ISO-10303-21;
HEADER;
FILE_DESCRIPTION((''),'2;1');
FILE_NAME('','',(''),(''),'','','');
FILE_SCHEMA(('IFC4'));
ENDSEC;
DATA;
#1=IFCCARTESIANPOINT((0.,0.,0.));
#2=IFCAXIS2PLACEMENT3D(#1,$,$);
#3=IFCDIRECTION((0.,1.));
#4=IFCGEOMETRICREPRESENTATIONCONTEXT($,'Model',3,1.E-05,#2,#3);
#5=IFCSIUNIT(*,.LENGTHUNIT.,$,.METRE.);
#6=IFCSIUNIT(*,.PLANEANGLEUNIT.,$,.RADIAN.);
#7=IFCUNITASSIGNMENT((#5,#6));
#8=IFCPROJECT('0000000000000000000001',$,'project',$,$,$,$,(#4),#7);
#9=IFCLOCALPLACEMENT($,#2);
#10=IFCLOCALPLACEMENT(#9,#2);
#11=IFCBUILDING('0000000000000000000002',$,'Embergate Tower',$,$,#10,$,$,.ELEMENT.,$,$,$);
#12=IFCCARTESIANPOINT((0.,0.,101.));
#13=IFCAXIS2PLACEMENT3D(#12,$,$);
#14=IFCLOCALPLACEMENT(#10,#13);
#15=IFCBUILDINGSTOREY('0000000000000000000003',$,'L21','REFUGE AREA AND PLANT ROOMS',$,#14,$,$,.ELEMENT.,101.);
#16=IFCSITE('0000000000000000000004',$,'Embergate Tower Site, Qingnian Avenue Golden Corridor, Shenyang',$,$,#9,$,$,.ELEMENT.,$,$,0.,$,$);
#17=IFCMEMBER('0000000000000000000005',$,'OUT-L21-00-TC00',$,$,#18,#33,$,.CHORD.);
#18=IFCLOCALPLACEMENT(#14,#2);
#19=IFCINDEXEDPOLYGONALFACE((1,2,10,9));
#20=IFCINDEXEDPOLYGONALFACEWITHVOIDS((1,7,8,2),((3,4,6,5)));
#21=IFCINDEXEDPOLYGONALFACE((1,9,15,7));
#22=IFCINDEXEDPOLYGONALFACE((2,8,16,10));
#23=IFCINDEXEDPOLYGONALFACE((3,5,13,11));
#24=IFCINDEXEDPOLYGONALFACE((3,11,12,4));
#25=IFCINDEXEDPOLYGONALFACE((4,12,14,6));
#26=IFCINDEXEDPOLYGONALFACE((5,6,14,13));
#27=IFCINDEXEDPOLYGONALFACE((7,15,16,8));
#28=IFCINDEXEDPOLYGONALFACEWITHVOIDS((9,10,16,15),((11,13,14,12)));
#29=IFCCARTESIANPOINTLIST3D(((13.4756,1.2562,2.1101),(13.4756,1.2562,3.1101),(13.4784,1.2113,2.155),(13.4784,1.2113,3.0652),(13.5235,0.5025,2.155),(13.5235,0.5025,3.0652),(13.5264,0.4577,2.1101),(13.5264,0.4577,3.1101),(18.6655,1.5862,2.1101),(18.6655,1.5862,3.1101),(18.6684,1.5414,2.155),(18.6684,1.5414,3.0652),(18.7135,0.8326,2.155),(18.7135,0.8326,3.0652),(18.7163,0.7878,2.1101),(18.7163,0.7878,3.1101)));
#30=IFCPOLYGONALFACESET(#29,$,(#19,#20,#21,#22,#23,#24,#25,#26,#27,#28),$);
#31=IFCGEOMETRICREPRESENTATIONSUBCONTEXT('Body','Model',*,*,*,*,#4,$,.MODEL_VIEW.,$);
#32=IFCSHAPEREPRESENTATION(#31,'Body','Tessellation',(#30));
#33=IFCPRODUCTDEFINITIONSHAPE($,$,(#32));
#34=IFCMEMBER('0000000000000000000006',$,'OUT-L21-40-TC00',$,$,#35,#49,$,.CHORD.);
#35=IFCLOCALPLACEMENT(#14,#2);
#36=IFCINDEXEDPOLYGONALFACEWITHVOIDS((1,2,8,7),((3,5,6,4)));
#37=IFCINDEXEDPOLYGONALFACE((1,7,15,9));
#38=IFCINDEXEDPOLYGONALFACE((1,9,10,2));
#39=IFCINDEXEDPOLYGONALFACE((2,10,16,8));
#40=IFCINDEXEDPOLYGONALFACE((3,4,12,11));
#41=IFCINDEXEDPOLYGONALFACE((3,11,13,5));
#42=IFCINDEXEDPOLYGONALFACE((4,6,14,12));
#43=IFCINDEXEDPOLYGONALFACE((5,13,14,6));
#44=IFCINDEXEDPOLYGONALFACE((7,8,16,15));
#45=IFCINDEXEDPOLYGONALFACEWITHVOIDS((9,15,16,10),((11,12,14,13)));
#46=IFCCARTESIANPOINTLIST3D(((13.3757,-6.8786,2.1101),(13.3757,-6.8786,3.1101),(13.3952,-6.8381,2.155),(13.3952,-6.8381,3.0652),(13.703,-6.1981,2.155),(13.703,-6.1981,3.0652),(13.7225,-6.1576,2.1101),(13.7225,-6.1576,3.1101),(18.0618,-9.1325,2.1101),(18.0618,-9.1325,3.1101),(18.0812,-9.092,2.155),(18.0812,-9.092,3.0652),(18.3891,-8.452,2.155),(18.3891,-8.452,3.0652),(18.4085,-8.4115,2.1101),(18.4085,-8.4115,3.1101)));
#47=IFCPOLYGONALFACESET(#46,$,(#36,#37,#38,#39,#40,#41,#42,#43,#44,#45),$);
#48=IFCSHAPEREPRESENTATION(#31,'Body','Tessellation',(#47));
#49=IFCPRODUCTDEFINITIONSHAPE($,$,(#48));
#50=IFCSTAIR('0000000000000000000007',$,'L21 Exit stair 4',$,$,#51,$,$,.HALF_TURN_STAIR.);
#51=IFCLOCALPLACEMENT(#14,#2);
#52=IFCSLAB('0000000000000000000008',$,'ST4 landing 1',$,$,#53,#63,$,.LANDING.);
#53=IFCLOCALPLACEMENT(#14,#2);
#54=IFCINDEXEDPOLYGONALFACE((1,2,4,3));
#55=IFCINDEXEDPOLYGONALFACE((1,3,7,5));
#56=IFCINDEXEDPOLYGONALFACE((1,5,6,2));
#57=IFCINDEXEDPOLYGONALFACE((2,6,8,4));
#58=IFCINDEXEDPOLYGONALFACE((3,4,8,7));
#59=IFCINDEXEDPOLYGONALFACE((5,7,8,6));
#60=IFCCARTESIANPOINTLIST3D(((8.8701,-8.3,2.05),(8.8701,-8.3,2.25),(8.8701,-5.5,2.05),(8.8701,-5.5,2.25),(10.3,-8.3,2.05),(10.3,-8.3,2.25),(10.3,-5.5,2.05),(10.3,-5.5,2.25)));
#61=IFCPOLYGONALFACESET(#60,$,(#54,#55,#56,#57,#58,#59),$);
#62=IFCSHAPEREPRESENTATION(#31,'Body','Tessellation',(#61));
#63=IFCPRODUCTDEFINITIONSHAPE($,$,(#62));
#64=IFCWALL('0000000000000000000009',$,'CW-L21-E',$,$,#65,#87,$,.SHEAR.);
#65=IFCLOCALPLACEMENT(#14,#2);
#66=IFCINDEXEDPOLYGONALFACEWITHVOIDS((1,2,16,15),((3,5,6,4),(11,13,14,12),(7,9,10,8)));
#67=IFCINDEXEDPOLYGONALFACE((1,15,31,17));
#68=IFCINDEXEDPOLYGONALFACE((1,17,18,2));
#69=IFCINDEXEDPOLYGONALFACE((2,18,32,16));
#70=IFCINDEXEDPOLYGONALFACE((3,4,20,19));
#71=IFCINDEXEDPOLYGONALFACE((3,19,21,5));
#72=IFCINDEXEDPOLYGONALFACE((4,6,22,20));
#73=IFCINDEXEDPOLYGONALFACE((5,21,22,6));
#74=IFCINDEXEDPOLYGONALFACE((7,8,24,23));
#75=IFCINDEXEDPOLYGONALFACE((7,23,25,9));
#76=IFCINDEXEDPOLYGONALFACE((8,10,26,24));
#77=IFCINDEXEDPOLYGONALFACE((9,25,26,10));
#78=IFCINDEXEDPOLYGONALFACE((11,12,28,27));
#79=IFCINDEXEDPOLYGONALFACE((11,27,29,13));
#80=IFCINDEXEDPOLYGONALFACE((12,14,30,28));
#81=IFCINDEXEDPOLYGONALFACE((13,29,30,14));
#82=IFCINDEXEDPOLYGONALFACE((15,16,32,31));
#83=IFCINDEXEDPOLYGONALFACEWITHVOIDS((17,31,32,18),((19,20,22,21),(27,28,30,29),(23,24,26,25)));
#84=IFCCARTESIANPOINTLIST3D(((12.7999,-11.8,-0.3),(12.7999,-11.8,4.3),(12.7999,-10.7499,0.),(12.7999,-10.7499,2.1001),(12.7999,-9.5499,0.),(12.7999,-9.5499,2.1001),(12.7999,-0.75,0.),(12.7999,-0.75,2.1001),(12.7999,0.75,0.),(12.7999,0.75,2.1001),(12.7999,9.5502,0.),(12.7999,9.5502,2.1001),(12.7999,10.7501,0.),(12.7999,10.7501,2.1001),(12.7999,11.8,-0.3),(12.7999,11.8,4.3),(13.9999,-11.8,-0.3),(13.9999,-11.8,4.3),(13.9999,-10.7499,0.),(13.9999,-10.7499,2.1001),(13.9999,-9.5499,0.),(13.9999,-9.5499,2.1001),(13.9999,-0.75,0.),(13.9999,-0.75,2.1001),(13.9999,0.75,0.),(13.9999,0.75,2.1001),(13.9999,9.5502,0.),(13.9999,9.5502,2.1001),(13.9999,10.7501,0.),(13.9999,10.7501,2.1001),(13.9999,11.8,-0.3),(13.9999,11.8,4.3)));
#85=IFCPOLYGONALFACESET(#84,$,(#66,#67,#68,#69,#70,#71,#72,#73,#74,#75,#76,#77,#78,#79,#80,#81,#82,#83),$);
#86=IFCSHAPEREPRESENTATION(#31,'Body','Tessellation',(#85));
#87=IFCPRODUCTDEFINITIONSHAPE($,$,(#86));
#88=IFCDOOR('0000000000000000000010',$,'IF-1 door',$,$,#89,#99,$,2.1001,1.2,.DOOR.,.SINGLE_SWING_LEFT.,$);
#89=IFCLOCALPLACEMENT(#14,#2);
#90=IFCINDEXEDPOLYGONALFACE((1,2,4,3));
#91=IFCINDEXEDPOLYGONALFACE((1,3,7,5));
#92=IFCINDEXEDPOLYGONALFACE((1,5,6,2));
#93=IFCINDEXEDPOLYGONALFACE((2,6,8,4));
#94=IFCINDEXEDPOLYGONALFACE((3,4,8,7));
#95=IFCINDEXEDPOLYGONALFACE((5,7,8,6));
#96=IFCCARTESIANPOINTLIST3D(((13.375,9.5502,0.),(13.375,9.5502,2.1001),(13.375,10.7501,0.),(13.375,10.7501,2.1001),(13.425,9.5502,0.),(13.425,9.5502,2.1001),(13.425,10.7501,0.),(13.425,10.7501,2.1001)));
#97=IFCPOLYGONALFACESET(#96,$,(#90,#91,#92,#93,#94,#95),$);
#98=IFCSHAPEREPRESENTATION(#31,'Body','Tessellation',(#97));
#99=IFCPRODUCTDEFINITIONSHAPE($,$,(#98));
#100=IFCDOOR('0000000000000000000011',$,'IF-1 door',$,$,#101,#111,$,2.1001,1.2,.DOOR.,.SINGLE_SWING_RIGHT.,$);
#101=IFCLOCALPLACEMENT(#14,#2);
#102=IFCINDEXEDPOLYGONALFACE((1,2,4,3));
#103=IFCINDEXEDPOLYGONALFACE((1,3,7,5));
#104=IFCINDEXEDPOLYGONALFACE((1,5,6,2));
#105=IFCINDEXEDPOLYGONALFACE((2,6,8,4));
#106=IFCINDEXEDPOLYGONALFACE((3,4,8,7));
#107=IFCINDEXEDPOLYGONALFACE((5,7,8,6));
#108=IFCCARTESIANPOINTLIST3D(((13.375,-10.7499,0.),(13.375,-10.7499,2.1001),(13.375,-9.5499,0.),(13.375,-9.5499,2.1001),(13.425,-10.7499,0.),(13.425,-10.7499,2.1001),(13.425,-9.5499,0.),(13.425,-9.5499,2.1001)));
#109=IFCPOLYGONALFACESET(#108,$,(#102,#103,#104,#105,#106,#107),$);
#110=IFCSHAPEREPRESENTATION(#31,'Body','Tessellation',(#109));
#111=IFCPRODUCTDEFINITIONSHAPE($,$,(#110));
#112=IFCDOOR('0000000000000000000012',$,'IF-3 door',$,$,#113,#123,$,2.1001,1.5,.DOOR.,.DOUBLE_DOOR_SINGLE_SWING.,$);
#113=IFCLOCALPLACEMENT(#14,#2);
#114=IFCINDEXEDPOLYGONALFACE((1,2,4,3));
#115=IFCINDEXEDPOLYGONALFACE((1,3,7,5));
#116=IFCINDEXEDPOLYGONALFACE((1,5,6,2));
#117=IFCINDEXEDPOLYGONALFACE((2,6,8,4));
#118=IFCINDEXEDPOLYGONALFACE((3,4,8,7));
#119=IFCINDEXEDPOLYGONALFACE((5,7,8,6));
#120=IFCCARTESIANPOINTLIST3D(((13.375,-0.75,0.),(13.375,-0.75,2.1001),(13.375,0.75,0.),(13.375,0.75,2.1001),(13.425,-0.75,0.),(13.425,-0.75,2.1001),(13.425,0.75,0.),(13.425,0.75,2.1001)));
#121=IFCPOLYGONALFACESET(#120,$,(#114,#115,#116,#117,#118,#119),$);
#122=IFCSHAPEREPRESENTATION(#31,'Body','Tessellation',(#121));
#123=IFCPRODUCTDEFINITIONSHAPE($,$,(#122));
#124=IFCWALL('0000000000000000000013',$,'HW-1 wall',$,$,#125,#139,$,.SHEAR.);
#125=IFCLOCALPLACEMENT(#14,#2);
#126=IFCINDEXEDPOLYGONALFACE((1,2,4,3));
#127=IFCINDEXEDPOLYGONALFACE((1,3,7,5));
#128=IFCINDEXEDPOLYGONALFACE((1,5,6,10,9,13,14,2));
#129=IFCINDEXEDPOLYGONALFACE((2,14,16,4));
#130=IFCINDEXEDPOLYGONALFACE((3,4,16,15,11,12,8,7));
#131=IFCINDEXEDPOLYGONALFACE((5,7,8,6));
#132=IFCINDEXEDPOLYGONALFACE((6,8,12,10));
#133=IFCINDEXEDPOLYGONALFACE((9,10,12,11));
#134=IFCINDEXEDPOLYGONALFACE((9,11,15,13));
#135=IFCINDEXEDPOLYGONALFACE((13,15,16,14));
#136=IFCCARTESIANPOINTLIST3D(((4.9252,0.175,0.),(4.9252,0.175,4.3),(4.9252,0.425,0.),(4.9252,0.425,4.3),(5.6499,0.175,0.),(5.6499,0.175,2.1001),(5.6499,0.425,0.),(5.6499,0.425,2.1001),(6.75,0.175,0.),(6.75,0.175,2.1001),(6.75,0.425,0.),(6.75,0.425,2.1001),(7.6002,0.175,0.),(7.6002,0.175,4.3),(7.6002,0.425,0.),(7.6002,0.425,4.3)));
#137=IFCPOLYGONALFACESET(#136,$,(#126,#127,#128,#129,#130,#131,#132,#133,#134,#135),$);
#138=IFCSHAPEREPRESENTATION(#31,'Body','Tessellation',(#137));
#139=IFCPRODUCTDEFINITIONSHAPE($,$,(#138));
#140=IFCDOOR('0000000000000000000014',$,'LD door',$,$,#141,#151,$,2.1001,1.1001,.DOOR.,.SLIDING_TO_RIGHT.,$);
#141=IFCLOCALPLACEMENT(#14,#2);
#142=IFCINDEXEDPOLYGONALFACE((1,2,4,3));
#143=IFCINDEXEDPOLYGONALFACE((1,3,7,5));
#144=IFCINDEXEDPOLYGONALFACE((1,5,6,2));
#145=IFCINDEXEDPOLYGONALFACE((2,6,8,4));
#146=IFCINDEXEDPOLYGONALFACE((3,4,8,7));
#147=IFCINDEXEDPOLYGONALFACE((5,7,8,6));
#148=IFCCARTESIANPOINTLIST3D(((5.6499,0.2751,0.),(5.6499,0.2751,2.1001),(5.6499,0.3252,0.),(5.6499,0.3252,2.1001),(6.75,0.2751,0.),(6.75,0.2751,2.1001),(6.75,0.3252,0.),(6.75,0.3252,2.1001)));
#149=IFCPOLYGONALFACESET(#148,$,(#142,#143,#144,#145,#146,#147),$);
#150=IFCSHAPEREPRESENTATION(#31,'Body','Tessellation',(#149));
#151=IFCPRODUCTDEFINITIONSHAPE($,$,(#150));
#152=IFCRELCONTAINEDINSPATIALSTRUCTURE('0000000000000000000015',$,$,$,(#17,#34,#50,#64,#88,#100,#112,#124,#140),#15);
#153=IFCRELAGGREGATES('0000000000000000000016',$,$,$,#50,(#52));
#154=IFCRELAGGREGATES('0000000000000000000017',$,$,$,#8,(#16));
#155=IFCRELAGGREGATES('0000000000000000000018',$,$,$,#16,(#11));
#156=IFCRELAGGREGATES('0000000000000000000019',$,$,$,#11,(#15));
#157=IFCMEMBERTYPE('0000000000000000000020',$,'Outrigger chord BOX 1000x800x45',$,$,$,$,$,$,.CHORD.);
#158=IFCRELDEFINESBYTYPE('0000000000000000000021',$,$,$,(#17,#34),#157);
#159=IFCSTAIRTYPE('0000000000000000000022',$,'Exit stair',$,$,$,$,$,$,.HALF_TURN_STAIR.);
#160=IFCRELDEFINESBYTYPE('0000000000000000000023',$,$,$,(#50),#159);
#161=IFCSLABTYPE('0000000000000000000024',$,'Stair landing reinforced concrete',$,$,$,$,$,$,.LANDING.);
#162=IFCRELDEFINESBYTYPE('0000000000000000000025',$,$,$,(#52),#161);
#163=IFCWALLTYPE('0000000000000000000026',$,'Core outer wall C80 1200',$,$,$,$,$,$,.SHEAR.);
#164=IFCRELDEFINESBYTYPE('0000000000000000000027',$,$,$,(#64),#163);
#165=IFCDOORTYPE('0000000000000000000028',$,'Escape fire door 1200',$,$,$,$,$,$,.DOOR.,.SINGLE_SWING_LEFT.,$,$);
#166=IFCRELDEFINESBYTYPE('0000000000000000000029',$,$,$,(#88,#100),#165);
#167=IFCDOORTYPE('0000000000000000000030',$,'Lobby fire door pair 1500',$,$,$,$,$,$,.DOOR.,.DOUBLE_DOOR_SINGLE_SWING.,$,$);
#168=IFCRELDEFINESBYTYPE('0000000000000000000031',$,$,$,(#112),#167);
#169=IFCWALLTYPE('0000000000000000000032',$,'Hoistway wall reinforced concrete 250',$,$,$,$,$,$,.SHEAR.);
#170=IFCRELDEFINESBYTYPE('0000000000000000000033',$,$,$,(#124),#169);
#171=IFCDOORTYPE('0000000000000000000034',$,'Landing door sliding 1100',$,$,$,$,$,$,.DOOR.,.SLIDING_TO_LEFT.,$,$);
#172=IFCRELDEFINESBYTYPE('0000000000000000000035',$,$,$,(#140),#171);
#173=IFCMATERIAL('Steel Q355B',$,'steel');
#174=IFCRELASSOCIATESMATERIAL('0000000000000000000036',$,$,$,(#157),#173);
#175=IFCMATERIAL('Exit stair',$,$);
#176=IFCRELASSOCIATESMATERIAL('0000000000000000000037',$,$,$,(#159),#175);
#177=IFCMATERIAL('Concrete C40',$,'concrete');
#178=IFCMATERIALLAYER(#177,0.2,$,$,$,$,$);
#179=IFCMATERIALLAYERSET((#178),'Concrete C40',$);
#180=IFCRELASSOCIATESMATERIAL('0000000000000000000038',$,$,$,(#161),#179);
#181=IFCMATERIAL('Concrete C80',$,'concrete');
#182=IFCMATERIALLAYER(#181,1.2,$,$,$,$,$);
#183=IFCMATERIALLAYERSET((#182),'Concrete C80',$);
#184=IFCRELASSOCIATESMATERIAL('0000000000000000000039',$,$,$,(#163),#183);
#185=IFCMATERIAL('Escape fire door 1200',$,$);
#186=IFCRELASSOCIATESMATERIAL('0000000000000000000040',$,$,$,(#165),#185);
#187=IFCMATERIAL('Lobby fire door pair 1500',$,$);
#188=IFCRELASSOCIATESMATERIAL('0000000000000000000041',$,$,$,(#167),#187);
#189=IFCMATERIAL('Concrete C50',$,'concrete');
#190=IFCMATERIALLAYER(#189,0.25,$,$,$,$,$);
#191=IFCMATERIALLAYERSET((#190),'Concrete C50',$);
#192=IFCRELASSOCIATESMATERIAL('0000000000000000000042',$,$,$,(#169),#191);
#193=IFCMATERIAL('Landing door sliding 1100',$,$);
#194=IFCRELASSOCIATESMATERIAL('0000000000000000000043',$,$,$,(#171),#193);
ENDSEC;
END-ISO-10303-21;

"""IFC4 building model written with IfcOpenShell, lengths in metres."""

from ifc_helpers import new_model, si_unit, direction, frame, frame_2d, origin, origin_2d, place, context, subcontext, project, spatial, polyline, rectangle, hollow_rectangle, outline, extrude, source, transform, mapped, material, layer, layer_set, material_profile, profile_set, type_object, element, fill, aggregate, save


model = new_model("IFC4")

# Units and contexts
model_context = context("Model", 3, precision=1e-05, world=origin(), true_north=direction((0.0, 1.0)))
body_context = subcontext(model_context, "Body", "Model", "MODEL_VIEW")
ifc_project = project(units=[si_unit("LENGTHUNIT", "METRE"), si_unit("PLANEANGLEUNIT", "RADIAN")], contexts=[model_context])

# Site, building, storey
site_placement = place(None, origin())
site = spatial("IfcSite", under=ifc_project, at=site_placement, Name="Embergate Tower Site, Qingnian Avenue Golden Corridor, Shenyang", CompositionType="ELEMENT", RefElevation=0.0)
building_placement = place(site_placement, origin())
building = spatial("IfcBuilding", under=site, at=building_placement, Name="Embergate Tower", CompositionType="ELEMENT")
storey_placement = place(building_placement, frame((0.0, 0.0, 101.0)))
storey = spatial("IfcBuildingStorey", under=building, at=storey_placement, Name="L21", Description="REFUGE AREA AND PLANT ROOMS", CompositionType="ELEMENT", Elevation=101.0)

# Members
ifc_material_1 = material(Name="Steel Q355B", Category="steel")
ifc_material_profile = material_profile(ifc_material_1, hollow_rectangle(XDim=0.8, YDim=1.0, WallThickness=0.0449, at=origin_2d()), Name="BOX 1000x800x45")
ifc_profile_set = profile_set([ifc_material_profile], Name="Steel Q355 grade B")
member_type = type_object("IfcMemberType", Name="Outrigger chord BOX 1000x800x45", PredefinedType="CHORD", material=ifc_profile_set)
shared_shape_1 = source(origin(), body_context, "Body", "SweptSolid", [
    extrude(hollow_rectangle(XDim=0.8, YDim=1.0, WallThickness=0.0449, at=origin_2d()), origin(), (0.0, 0.0, 1.0), 5.2004),
])
member_1_placement = place(storey_placement, frame((13.501, 0.8569, 2.6101), z_axis=(0.997984, 0.063471, 0.0), x_axis=(-0.063471, 0.997984, 0.0)))
element("IfcMember", 1, at=member_1_placement, inside=storey, type_object=member_type, Name="OUT-L21-00-TC00", PredefinedType="CHORD", context=body_context, shape_type="MappedRepresentation", body=[
    mapped(shared_shape_1, transform((0.0, 0.0, 0.0))),
])
shared_shape_2 = source(origin(), body_context, "Body", "SweptSolid", [
    extrude(hollow_rectangle(XDim=0.8, YDim=1.0, WallThickness=0.0449, at=origin_2d()), origin(), (0.0, 0.0, 1.0), 5.2),
])
member_2_placement = place(storey_placement, frame((13.5491, -6.5181, 2.6101), z_axis=(0.901177, -0.433451, 0.0), x_axis=(0.433451, 0.901177, 0.0)))
element("IfcMember", 2, at=member_2_placement, inside=storey, type_object=member_type, Name="OUT-L21-40-TC00", PredefinedType="CHORD", context=body_context, shape_type="MappedRepresentation", body=[
    mapped(shared_shape_2, transform((0.0, 0.0, 0.0))),
])

# Stair, slab
ifc_material_2 = material(Name="Exit stair")
stair_type = type_object("IfcStairType", Name="Exit stair", PredefinedType="HALF_TURN_STAIR", material=ifc_material_2)
stair_placement = place(storey_placement, origin())
stair = element("IfcStair", 3, at=stair_placement, inside=storey, type_object=stair_type, Name="L21 Exit stair 4", PredefinedType="HALF_TURN_STAIR")
ifc_material_3 = material(Name="Concrete C40", Category="concrete")
ifc_layer_1 = layer(ifc_material_3, 0.2)
ifc_layer_set_1 = layer_set([ifc_layer_1], Name="Concrete C40")
slab_type = type_object("IfcSlabType", Name="Stair landing reinforced concrete", PredefinedType="LANDING", material=ifc_layer_set_1)
shared_shape_3 = source(origin(), body_context, "Body", "SweptSolid", [
    extrude(outline(polyline([(0.0, 0.0), (1.4299, 0.0), (1.4299, 2.8), (0.0, 2.8), (0.0, 0.0)])), origin(), (0.0, 0.0, 1.0), 0.2),
])
slab_placement = place(storey_placement, frame((8.8701, -8.3, 2.05)))
slab = element("IfcSlab", 4, at=slab_placement, type_object=slab_type, Name="ST4 landing 1", PredefinedType="LANDING", context=body_context, shape_type="MappedRepresentation", body=[
    mapped(shared_shape_3, transform((0.0, 0.0, 0.0))),
])

# Wall, openings, doors
ifc_material_4 = material(Name="Concrete C80", Category="concrete")
ifc_layer_2 = layer(ifc_material_4, 1.2)
ifc_layer_set_2 = layer_set([ifc_layer_2], Name="Concrete C80")
wall_type_1 = type_object("IfcWallType", Name="Core outer wall C80 1200", PredefinedType="SHEAR", material=ifc_layer_set_2)
shared_shape_4 = source(origin(), body_context, "Body", "SweptSolid", [
    extrude(rectangle(XDim=23.6001, YDim=1.2, at=frame_2d((11.8, 0.0))), origin(), (0.0, 0.0, 1.0), 4.6001),
])
wall_1_placement = place(storey_placement, frame((13.3999, -11.8, -0.3), z_axis=(0.0, 0.0, 1.0), x_axis=(0.0, 1.0, 0.0)))
wall_1 = element("IfcWall", 5, at=wall_1_placement, inside=storey, type_object=wall_type_1, Name="CW-L21-E", PredefinedType="SHEAR", context=body_context, shape_type="MappedRepresentation", body=[
    mapped(shared_shape_4, transform((0.0, 0.0, 0.0))),
])
shared_shape_5 = source(origin(), body_context, "Body", "SweptSolid", [
    extrude(rectangle(XDim=1.2, YDim=2.1001, at=frame_2d((0.6001, 1.05))), frame((0.0, 0.6099, 0.0), z_axis=(0.0, -1.0, 0.0), x_axis=(1.0, 0.0, 0.0)), (0.0, 0.0, 1.0), 1.22),
])
opening_1_placement = place(wall_1_placement, frame((21.3501, 0.0, 0.3)))
opening_1 = element("IfcOpeningElement", 6, at=opening_1_placement, cuts=wall_1, PredefinedType="OPENING", context=body_context, shape_type="MappedRepresentation", body=[
    mapped(shared_shape_5, transform((0.0, 0.0, 0.0))),
])
opening_2_placement = place(wall_1_placement, frame((1.05, 0.0, 0.3)))
opening_2 = element("IfcOpeningElement", 7, at=opening_2_placement, cuts=wall_1, PredefinedType="OPENING", context=body_context, shape_type="MappedRepresentation", body=[
    mapped(shared_shape_5, transform((0.0, 0.0, 0.0))),
])
shared_shape_6 = source(origin(), body_context, "Body", "SweptSolid", [
    extrude(rectangle(XDim=1.5, YDim=2.1001, at=frame_2d((0.75, 1.05))), frame((0.0, 0.6099, 0.0), z_axis=(0.0, -1.0, 0.0), x_axis=(1.0, 0.0, 0.0)), (0.0, 0.0, 1.0), 1.22),
])
opening_3_placement = place(wall_1_placement, frame((11.05, 0.0, 0.3)))
opening_3 = element("IfcOpeningElement", 8, at=opening_3_placement, cuts=wall_1, PredefinedType="OPENING", context=body_context, shape_type="MappedRepresentation", body=[
    mapped(shared_shape_6, transform((0.0, 0.0, 0.0))),
])
ifc_material_5 = material(Name="Escape fire door 1200")
door_type_1 = type_object("IfcDoorType", Name="Escape fire door 1200", OperationType="SINGLE_SWING_LEFT", PredefinedType="DOOR", material=ifc_material_5)
shared_shape_7 = source(origin(), body_context, "Body", "SweptSolid", [
    extrude(rectangle(XDim=1.2, YDim=2.1001, at=frame_2d((0.6001, 1.05))), frame((0.0, 0.0249, 0.0), z_axis=(0.0, -1.0, 0.0), x_axis=(1.0, 0.0, 0.0)), (0.0, 0.0, 1.0), 0.05),
])
door_1_placement = place(opening_1_placement, origin())
door_1 = element("IfcDoor", 9, at=door_1_placement, inside=storey, type_object=door_type_1, Name="IF-1 door", OperationType="SINGLE_SWING_LEFT", OverallHeight=2.1001, OverallWidth=1.2, PredefinedType="DOOR", context=body_context, shape_type="MappedRepresentation", body=[
    mapped(shared_shape_7, transform((0.0, 0.0, 0.0))),
])
fill(opening_1, door_1)
door_2_placement = place(opening_2_placement, origin())
door_2 = element("IfcDoor", 10, at=door_2_placement, inside=storey, type_object=door_type_1, Name="IF-1 door", OperationType="SINGLE_SWING_RIGHT", OverallHeight=2.1001, OverallWidth=1.2, PredefinedType="DOOR", context=body_context, shape_type="MappedRepresentation", body=[
    mapped(shared_shape_7, transform((0.0, 0.0, 0.0))),
])
fill(opening_2, door_2)
ifc_material_6 = material(Name="Lobby fire door pair 1500")
door_type_2 = type_object("IfcDoorType", Name="Lobby fire door pair 1500", OperationType="DOUBLE_DOOR_SINGLE_SWING", PredefinedType="DOOR", material=ifc_material_6)
shared_shape_8 = source(origin(), body_context, "Body", "SweptSolid", [
    extrude(rectangle(XDim=1.5, YDim=2.1001, at=frame_2d((0.75, 1.05))), frame((0.0, 0.0249, 0.0), z_axis=(0.0, -1.0, 0.0), x_axis=(1.0, 0.0, 0.0)), (0.0, 0.0, 1.0), 0.05),
])
door_3_placement = place(opening_3_placement, origin())
door_3 = element("IfcDoor", 11, at=door_3_placement, inside=storey, type_object=door_type_2, Name="IF-3 door", OperationType="DOUBLE_DOOR_SINGLE_SWING", OverallHeight=2.1001, OverallWidth=1.5, PredefinedType="DOOR", context=body_context, shape_type="MappedRepresentation", body=[
    mapped(shared_shape_8, transform((0.0, 0.0, 0.0))),
])
fill(opening_3, door_3)

# Wall, opening, door
ifc_material_7 = material(Name="Concrete C50", Category="concrete")
ifc_layer_3 = layer(ifc_material_7, 0.25)
ifc_layer_set_3 = layer_set([ifc_layer_3], Name="Concrete C50")
wall_type_2 = type_object("IfcWallType", Name="Hoistway wall reinforced concrete 250", PredefinedType="SHEAR", material=ifc_layer_set_3)
shared_shape_9 = source(origin(), body_context, "Body", "SweptSolid", [
    extrude(rectangle(XDim=2.675, YDim=0.25, at=frame_2d((1.3374, 0.0))), origin(), (0.0, 0.0, 1.0), 4.3),
])
wall_2_placement = place(storey_placement, frame((7.6001, 0.3, 0.0), z_axis=(0.0, 0.0, 1.0), x_axis=(-1.0, 0.0, 0.0)))
wall_2 = element("IfcWall", 12, at=wall_2_placement, inside=storey, type_object=wall_type_2, Name="HW-1 wall", PredefinedType="SHEAR", context=body_context, shape_type="MappedRepresentation", body=[
    mapped(shared_shape_9, transform((0.0, 0.0, 0.0))),
])
shared_shape_10 = source(origin(), body_context, "Body", "SweptSolid", [
    extrude(rectangle(XDim=1.1001, YDim=2.1001, at=frame_2d((0.55, 1.05))), frame((0.0, 0.135, 0.0), z_axis=(0.0, -1.0, 0.0), x_axis=(1.0, 0.0, 0.0)), (0.0, 0.0, 1.0), 0.27),
])
opening_4_placement = place(wall_2_placement, frame((0.8501, 0.0, 0.0)))
opening_4 = element("IfcOpeningElement", 13, at=opening_4_placement, cuts=wall_2, PredefinedType="OPENING", context=body_context, shape_type="MappedRepresentation", body=[
    mapped(shared_shape_10, transform((0.0, 0.0, 0.0))),
])
ifc_material_8 = material(Name="Landing door sliding 1100")
door_type_3 = type_object("IfcDoorType", Name="Landing door sliding 1100", OperationType="SLIDING_TO_LEFT", PredefinedType="DOOR", material=ifc_material_8)
shared_shape_11 = source(origin(), body_context, "Body", "SweptSolid", [
    extrude(rectangle(XDim=1.1001, YDim=2.1001, at=frame_2d((0.55, 1.05))), frame((0.0, 0.0249, 0.0), z_axis=(0.0, -1.0, 0.0), x_axis=(1.0, 0.0, 0.0)), (0.0, 0.0, 1.0), 0.05),
])
door_4_placement = place(opening_4_placement, origin())
door_4 = element("IfcDoor", 14, at=door_4_placement, inside=storey, type_object=door_type_3, Name="LD door", OperationType="SLIDING_TO_RIGHT", OverallHeight=2.1001, OverallWidth=1.1001, PredefinedType="DOOR", context=body_context, shape_type="MappedRepresentation", body=[
    mapped(shared_shape_11, transform((0.0, 0.0, 0.0))),
])
fill(opening_4, door_4)

aggregate(stair, [slab])

save(model, "model.ifc")
